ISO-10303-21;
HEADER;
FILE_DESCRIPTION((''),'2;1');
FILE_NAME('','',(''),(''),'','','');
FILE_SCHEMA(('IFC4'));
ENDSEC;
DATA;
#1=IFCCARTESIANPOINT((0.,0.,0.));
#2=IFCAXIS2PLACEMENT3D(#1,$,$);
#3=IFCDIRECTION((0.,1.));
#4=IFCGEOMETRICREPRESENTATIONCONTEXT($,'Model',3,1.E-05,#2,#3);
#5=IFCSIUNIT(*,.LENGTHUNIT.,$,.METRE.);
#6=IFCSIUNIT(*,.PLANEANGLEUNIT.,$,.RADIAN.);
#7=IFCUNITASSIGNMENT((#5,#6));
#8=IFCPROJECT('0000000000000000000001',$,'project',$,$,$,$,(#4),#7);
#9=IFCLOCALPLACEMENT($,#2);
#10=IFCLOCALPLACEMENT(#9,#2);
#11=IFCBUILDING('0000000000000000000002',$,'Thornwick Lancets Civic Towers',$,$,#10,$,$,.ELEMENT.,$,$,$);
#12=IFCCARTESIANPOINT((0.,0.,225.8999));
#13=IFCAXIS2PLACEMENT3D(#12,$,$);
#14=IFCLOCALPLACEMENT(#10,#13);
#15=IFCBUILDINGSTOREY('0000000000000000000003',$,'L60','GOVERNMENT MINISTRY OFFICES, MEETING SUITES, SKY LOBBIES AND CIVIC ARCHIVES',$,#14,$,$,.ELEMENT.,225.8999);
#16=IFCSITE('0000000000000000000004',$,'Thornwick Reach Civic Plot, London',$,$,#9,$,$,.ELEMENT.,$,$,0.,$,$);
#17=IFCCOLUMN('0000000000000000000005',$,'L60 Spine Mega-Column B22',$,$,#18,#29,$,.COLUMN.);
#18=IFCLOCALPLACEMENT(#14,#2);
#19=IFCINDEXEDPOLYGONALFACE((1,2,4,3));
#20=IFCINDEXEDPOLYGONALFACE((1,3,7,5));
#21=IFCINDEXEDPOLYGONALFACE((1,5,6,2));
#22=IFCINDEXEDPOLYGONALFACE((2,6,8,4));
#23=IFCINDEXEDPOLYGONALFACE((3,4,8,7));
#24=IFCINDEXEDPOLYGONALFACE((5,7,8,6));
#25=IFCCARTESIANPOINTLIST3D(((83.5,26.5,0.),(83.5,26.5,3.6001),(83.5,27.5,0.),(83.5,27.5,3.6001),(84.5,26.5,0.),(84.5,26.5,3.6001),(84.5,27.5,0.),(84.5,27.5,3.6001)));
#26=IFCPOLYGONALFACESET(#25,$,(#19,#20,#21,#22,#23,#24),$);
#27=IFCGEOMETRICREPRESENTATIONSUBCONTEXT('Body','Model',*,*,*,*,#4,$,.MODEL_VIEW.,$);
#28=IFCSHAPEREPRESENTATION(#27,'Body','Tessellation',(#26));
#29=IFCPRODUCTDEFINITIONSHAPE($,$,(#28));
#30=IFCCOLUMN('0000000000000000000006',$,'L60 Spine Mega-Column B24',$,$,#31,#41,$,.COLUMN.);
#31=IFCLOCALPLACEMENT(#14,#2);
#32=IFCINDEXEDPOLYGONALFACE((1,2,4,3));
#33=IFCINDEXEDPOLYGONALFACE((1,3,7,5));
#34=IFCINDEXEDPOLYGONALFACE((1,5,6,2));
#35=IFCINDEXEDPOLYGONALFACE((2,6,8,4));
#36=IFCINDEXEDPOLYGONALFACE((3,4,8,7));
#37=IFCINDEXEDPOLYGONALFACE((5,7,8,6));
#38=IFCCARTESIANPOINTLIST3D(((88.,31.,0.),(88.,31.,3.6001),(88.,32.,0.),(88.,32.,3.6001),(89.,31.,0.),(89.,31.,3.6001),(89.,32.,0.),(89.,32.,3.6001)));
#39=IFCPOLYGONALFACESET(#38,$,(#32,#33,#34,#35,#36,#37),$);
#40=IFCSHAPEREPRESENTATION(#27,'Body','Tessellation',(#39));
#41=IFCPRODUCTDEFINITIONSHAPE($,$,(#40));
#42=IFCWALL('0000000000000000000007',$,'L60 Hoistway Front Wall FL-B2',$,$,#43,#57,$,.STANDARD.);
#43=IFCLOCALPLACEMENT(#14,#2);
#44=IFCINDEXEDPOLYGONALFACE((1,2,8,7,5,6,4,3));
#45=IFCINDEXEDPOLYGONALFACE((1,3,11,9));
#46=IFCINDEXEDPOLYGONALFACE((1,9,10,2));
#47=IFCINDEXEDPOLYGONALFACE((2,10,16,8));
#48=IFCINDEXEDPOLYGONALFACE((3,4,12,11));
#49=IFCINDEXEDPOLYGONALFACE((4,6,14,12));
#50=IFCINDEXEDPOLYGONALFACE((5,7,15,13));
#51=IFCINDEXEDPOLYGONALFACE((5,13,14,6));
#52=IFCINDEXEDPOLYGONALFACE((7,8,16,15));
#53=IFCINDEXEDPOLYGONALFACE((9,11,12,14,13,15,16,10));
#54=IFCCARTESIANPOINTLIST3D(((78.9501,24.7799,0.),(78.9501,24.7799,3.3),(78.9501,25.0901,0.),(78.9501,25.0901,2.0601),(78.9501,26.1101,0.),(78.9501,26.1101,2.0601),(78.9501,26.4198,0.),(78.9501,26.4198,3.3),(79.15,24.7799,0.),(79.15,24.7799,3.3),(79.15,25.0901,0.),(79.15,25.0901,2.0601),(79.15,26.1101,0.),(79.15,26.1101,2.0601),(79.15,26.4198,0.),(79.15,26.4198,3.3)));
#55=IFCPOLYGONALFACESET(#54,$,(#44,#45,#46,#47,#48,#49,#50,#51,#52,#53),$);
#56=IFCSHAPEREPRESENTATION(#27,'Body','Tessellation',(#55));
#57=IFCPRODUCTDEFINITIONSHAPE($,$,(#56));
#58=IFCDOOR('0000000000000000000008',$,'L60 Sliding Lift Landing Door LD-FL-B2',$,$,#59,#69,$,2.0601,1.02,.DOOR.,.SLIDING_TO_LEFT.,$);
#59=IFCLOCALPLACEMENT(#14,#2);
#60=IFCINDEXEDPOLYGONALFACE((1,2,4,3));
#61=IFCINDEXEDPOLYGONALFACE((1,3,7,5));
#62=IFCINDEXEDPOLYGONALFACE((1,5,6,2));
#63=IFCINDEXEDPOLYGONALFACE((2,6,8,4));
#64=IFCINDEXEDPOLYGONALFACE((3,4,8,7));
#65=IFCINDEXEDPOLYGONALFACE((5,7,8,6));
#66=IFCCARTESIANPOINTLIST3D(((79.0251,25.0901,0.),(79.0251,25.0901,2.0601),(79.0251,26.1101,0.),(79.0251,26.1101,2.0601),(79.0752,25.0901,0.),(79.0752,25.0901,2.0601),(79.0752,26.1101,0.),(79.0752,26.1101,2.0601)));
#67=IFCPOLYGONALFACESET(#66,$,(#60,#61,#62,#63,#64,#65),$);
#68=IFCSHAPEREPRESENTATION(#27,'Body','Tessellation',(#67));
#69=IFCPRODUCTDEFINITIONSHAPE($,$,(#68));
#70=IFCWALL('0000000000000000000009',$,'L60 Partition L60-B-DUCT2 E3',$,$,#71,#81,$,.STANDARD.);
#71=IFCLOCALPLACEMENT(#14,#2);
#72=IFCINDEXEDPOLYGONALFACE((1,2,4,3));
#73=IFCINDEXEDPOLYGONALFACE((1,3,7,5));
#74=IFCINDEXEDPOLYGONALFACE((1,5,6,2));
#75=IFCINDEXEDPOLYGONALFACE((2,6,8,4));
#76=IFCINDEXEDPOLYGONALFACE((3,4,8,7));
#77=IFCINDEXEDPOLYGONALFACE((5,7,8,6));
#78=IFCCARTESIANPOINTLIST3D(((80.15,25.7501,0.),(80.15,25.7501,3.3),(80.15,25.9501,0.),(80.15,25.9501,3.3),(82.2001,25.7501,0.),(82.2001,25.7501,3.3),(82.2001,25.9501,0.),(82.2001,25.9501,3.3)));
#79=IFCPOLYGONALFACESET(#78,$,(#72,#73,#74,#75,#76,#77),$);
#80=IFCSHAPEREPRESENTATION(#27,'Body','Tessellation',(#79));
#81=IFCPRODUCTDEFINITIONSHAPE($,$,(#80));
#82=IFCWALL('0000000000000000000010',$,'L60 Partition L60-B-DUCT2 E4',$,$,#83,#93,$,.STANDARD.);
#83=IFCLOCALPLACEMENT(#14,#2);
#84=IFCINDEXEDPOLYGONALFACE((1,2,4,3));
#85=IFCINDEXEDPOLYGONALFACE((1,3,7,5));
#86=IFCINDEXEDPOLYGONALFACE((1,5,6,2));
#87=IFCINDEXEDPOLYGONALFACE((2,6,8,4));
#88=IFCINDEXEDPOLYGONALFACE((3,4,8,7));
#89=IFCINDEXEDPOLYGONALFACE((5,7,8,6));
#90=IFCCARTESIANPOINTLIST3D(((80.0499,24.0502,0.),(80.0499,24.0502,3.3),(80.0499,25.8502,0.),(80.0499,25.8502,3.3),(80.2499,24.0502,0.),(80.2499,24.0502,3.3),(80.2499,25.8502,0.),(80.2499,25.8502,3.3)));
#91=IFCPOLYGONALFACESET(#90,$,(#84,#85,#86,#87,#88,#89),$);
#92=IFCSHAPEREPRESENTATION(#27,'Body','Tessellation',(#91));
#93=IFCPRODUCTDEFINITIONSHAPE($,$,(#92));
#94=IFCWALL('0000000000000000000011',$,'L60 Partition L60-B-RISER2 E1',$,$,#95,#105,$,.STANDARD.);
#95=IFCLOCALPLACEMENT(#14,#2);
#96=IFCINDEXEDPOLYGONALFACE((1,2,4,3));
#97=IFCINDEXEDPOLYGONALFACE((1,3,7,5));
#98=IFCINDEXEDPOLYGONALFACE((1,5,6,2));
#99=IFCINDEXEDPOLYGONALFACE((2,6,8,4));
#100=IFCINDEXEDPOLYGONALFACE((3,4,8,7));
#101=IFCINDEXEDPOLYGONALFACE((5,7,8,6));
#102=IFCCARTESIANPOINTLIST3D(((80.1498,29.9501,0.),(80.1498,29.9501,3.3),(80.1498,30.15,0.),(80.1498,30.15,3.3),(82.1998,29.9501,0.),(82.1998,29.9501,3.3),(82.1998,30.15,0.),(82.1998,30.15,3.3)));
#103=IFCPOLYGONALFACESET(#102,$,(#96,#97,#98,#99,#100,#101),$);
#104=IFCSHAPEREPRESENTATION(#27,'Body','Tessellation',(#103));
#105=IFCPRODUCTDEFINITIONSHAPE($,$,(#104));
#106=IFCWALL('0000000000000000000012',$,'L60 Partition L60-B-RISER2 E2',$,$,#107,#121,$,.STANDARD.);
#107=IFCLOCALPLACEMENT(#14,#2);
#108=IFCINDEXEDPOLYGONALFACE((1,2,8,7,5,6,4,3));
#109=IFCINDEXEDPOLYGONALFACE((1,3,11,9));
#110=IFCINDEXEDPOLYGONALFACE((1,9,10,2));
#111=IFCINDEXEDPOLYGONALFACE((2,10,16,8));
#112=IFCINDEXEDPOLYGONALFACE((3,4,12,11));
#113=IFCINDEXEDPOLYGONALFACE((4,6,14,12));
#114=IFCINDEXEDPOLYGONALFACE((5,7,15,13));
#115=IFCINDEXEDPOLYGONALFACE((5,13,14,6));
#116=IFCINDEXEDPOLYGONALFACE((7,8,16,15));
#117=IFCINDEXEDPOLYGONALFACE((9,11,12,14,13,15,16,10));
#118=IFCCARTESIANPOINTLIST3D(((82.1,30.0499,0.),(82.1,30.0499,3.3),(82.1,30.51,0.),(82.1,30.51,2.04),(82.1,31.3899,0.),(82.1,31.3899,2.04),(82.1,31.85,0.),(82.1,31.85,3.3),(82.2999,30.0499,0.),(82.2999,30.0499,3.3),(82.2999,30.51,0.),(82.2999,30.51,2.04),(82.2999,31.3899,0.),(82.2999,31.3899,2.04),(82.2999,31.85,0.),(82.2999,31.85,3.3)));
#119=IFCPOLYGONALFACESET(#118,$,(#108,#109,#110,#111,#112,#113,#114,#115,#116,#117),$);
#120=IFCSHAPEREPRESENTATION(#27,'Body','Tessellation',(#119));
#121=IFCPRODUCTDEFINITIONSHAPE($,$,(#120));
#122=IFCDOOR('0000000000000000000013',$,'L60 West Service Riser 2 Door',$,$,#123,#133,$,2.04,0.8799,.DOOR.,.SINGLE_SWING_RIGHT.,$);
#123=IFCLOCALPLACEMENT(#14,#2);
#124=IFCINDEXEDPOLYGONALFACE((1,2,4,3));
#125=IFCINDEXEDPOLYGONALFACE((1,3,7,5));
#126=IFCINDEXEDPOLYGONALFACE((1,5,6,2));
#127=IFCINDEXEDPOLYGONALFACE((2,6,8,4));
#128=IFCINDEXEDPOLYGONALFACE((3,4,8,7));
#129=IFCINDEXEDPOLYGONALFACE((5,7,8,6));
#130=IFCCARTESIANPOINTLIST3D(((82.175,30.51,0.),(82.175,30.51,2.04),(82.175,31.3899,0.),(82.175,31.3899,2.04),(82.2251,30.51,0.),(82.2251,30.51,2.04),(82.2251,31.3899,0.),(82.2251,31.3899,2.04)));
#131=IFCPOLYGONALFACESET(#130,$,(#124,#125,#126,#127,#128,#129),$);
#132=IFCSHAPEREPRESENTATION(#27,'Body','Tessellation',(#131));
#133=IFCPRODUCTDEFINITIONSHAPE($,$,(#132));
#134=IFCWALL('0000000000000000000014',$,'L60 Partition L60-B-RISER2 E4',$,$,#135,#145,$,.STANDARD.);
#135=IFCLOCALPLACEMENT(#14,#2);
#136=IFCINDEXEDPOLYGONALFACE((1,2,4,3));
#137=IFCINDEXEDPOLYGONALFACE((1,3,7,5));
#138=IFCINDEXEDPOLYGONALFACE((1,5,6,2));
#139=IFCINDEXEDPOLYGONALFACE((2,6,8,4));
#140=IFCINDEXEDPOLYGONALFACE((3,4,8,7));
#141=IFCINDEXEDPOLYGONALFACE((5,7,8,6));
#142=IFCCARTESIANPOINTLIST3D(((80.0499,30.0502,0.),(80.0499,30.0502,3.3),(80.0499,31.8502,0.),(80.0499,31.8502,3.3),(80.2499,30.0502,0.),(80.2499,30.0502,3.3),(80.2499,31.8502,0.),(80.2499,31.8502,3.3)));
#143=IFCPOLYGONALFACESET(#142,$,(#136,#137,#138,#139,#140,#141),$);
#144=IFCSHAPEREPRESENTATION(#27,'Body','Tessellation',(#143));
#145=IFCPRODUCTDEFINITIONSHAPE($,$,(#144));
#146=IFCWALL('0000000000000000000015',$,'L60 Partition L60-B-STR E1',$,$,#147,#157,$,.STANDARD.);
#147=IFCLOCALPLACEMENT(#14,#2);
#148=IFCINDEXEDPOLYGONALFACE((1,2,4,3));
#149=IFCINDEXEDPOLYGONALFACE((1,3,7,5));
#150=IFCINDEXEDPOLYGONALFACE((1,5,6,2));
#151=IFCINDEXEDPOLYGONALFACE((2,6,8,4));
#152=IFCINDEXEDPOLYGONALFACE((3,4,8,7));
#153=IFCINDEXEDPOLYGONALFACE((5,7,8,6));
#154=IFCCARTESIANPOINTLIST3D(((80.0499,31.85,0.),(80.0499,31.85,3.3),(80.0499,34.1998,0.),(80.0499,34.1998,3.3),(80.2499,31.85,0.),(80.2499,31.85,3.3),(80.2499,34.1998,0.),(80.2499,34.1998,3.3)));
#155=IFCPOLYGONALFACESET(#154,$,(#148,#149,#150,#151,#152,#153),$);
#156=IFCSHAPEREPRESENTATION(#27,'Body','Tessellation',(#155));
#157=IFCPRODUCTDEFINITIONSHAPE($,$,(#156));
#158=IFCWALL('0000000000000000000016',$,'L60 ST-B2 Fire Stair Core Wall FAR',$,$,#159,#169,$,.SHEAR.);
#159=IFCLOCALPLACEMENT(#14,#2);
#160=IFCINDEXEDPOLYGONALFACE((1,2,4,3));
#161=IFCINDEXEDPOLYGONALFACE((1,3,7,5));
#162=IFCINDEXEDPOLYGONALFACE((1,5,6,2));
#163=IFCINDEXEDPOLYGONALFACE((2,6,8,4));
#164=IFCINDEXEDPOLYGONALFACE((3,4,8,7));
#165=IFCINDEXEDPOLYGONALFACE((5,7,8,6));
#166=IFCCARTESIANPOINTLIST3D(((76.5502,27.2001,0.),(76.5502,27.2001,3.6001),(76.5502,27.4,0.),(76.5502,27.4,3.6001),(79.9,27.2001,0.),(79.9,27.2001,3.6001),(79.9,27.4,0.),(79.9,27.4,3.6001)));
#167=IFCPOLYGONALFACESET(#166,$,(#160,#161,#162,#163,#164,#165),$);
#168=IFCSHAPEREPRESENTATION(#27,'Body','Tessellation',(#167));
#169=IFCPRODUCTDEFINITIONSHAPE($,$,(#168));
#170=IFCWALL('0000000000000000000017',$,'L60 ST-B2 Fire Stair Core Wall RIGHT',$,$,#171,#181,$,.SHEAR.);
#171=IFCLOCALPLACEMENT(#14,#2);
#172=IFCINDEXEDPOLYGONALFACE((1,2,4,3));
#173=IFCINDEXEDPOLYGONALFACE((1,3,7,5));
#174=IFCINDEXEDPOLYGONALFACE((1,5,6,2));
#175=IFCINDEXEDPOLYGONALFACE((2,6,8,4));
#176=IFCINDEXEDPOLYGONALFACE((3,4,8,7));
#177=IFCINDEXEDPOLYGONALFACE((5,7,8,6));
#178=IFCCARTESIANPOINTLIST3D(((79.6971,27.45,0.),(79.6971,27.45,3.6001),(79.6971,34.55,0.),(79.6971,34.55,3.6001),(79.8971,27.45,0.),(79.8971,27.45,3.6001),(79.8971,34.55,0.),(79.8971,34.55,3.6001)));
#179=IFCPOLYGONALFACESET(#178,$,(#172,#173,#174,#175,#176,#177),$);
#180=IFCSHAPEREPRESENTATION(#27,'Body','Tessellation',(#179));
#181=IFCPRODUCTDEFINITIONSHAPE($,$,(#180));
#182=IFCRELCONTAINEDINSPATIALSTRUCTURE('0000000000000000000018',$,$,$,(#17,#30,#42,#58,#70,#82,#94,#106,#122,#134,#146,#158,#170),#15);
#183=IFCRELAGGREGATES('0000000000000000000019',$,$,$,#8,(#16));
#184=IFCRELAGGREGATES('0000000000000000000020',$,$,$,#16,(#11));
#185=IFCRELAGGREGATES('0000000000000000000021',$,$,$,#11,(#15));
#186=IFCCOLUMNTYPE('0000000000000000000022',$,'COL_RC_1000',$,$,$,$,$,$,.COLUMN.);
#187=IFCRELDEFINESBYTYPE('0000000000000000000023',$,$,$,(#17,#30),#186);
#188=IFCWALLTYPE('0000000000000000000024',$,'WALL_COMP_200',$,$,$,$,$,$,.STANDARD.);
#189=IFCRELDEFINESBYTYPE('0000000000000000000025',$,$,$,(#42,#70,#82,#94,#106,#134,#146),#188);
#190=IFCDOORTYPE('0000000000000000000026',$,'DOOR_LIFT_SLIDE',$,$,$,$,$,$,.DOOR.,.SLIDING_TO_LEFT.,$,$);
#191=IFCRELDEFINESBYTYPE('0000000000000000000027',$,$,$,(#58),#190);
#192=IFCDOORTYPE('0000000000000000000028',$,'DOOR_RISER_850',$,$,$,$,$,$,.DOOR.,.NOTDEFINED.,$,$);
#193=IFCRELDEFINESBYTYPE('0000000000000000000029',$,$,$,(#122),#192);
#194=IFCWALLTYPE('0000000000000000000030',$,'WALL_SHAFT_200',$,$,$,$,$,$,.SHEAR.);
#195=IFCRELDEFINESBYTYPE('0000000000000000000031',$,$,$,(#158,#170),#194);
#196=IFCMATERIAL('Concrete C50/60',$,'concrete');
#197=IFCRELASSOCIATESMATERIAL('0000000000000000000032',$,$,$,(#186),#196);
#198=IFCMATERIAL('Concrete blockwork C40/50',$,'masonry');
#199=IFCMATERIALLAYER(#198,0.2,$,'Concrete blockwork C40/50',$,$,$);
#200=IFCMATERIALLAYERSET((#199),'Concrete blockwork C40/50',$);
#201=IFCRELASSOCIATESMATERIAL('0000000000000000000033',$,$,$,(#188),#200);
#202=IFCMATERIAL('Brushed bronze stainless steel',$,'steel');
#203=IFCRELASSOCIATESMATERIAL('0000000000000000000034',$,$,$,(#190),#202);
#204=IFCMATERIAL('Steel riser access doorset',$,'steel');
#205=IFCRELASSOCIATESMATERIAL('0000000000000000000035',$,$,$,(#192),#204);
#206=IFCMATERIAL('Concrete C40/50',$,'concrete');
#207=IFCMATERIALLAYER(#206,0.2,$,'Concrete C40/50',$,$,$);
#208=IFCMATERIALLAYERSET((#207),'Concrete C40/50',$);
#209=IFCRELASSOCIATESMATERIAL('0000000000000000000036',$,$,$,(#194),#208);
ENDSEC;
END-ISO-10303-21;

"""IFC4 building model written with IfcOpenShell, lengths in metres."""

from ifc_helpers import new_model, si_unit, direction, frame, frame_2d, origin, origin_2d, place, context, subcontext, project, spatial, rectangle, extrude, material, layer, layer_set, material_profile, profile_set, type_object, element, fill, save


model = new_model("IFC4")

# Units and contexts
model_context = context("Model", 3, precision=1e-05, world=origin(), true_north=direction((0.0, 1.0)))
body_context = subcontext(model_context, "Body", "Model", "MODEL_VIEW")
ifc_project = project(units=[si_unit("LENGTHUNIT", "METRE"), si_unit("PLANEANGLEUNIT", "RADIAN")], contexts=[model_context])

# Site, building, storey
site_placement = place(None, origin())
site = spatial("IfcSite", under=ifc_project, at=site_placement, Name="Thornwick Reach Civic Plot, London", CompositionType="ELEMENT", RefElevation=0.0)
building_placement = place(site_placement, origin())
building = spatial("IfcBuilding", under=site, at=building_placement, Name="Thornwick Lancets Civic Towers", CompositionType="ELEMENT")
storey_placement = place(building_placement, frame((0.0, 0.0, 225.8999)))
storey = spatial("IfcBuildingStorey", under=building, at=storey_placement, Name="L60", Description="GOVERNMENT MINISTRY OFFICES, MEETING SUITES, SKY LOBBIES AND CIVIC ARCHIVES", CompositionType="ELEMENT", Elevation=225.8999)

# Columns
ifc_material_1 = material(Name="Concrete C50/60", Category="concrete")
ifc_material_profile = material_profile(ifc_material_1, rectangle(XDim=1.0, YDim=1.0, at=origin_2d()), Name="RC 1000x1000")
ifc_profile_set = profile_set([ifc_material_profile], Name="Concrete C50/60")
column_type = type_object("IfcColumnType", Name="COL_RC_1000", PredefinedType="COLUMN", material=ifc_profile_set)
for number, where, z_axis, x_axis, name in (
    (1, (84.0, 27.0, 0.0), (0.0, 0.0, 1.0), (1.0, 0.0, 0.0), "L60 Spine Mega-Column B22"),
    (2, (88.5, 31.5, 0.0), (0.0, 0.0, 1.0), (1.0, 0.0, 0.0), "L60 Spine Mega-Column B24"),
):
    element("IfcColumn", number, at=place(storey_placement, frame(where, z_axis=z_axis, x_axis=x_axis)), inside=storey, type_object=column_type, Name=name, PredefinedType="COLUMN", context=body_context, shape_type="SweptSolid", body=[
        extrude(rectangle(XDim=1.0, YDim=1.0, at=origin_2d()), origin(), (0.0, 0.0, 1.0), 3.6001),
    ])

# Wall, opening, door
ifc_material_2 = material(Name="Concrete blockwork C40/50", Category="masonry")
ifc_layer_1 = layer(ifc_material_2, 0.2, Name="Concrete blockwork C40/50")
ifc_layer_set_1 = layer_set([ifc_layer_1], Name="Concrete blockwork C40/50")
wall_type_1 = type_object("IfcWallType", Name="WALL_COMP_200", PredefinedType="STANDARD", material=ifc_layer_set_1)
wall_1_placement = place(storey_placement, frame((79.05, 24.78, 0.0), z_axis=(0.0, 0.0, 1.0), x_axis=(0.0, 1.0, 0.0)))
wall_1 = element("IfcWall", 3, at=wall_1_placement, inside=storey, type_object=wall_type_1, Name="L60 Hoistway Front Wall FL-B2", PredefinedType="STANDARD", context=body_context, shape_type="SweptSolid", body=[
    extrude(rectangle(XDim=1.6399, YDim=0.2, at=frame_2d((0.8198, 0.0))), origin(), (0.0, 0.0, 1.0), 3.3),
])
opening_1_placement = place(wall_1_placement, frame((0.3101, 0.0, 0.0)))
opening_1 = element("IfcOpeningElement", 4, at=opening_1_placement, cuts=wall_1, PredefinedType="OPENING", context=body_context, shape_type="SweptSolid", body=[
    extrude(rectangle(XDim=1.02, YDim=2.0601, at=frame_2d((0.51, 1.03))), frame((0.0, 0.1099, 0.0), z_axis=(0.0, -1.0, 0.0), x_axis=(1.0, 0.0, 0.0)), (0.0, 0.0, 1.0), 0.22),
])
ifc_material_3 = material(Name="Brushed bronze stainless steel", Category="steel")
door_type_1 = type_object("IfcDoorType", Name="DOOR_LIFT_SLIDE", OperationType="SLIDING_TO_LEFT", PredefinedType="DOOR", material=ifc_material_3)
door_1_placement = place(opening_1_placement, origin())
door_1 = element("IfcDoor", 5, at=door_1_placement, inside=storey, type_object=door_type_1, Name="L60 Sliding Lift Landing Door LD-FL-B2", OperationType="SLIDING_TO_LEFT", OverallHeight=2.0601, OverallWidth=1.02, PredefinedType="DOOR", context=body_context, shape_type="SweptSolid", body=[
    extrude(rectangle(XDim=1.02, YDim=2.0601, at=frame_2d((0.51, 1.03))), frame((0.0, 0.0249, 0.0), z_axis=(0.0, -1.0, 0.0), x_axis=(1.0, 0.0, 0.0)), (0.0, 0.0, 1.0), 0.05),
])
fill(opening_1, door_1)

# Walls
wall_2_placement = place(storey_placement, frame((82.2, 25.8501, 0.0), z_axis=(0.0, 0.0, 1.0), x_axis=(-1.0, 0.0, 0.0)))
element("IfcWall", 6, at=wall_2_placement, inside=storey, type_object=wall_type_1, Name="L60 Partition L60-B-DUCT2 E3", PredefinedType="STANDARD", context=body_context, shape_type="SweptSolid", body=[
    extrude(rectangle(XDim=2.05, YDim=0.2, at=frame_2d((1.0249, 0.0))), origin(), (0.0, 0.0, 1.0), 3.3),
])
wall_3_placement = place(storey_placement, frame((80.1499, 25.8501, 0.0), z_axis=(0.0, 0.0, 1.0), x_axis=(0.0, -1.0, 0.0)))
element("IfcWall", 7, at=wall_3_placement, inside=storey, type_object=wall_type_1, Name="L60 Partition L60-B-DUCT2 E4", PredefinedType="STANDARD", context=body_context, shape_type="SweptSolid", body=[
    extrude(rectangle(XDim=1.8, YDim=0.2, at=frame_2d((0.8999, 0.0))), origin(), (0.0, 0.0, 1.0), 3.3),
])
wall_4_placement = place(storey_placement, frame((80.1499, 30.05, 0.0), z_axis=(0.0, 0.0, 1.0), x_axis=(1.0, 0.0, 0.0)))
element("IfcWall", 8, at=wall_4_placement, inside=storey, type_object=wall_type_1, Name="L60 Partition L60-B-RISER2 E1", PredefinedType="STANDARD", context=body_context, shape_type="SweptSolid", body=[
    extrude(rectangle(XDim=2.05, YDim=0.2, at=frame_2d((1.0249, 0.0))), origin(), (0.0, 0.0, 1.0), 3.3),
])

# Wall, opening, door
wall_5_placement = place(storey_placement, frame((82.2, 30.05, 0.0), z_axis=(0.0, 0.0, 1.0), x_axis=(0.0, 1.0, 0.0)))
wall_5 = element("IfcWall", 9, at=wall_5_placement, inside=storey, type_object=wall_type_1, Name="L60 Partition L60-B-RISER2 E2", PredefinedType="STANDARD", context=body_context, shape_type="SweptSolid", body=[
    extrude(rectangle(XDim=1.8, YDim=0.2, at=frame_2d((0.8999, 0.0))), origin(), (0.0, 0.0, 1.0), 3.3),
])
opening_2_placement = place(wall_5_placement, frame((0.46, 0.0, 0.0)))
opening_2 = element("IfcOpeningElement", 10, at=opening_2_placement, cuts=wall_5, PredefinedType="OPENING", context=body_context, shape_type="SweptSolid", body=[
    extrude(rectangle(XDim=0.8799, YDim=2.04, at=frame_2d((0.4399, 1.02))), frame((0.0, 0.1099, 0.0), z_axis=(0.0, -1.0, 0.0), x_axis=(1.0, 0.0, 0.0)), (0.0, 0.0, 1.0), 0.22),
])
ifc_material_4 = material(Name="Steel riser access doorset", Category="steel")
door_type_2 = type_object("IfcDoorType", Name="DOOR_RISER_850", OperationType="NOTDEFINED", PredefinedType="DOOR", material=ifc_material_4)
door_2_placement = place(opening_2_placement, origin())
door_2 = element("IfcDoor", 11, at=door_2_placement, inside=storey, type_object=door_type_2, Name="L60 West Service Riser 2 Door", OperationType="SINGLE_SWING_RIGHT", OverallHeight=2.04, OverallWidth=0.8799, PredefinedType="DOOR", context=body_context, shape_type="SweptSolid", body=[
    extrude(rectangle(XDim=0.8799, YDim=2.04, at=frame_2d((0.4399, 1.02))), frame((0.0, 0.0249, 0.0), z_axis=(0.0, -1.0, 0.0), x_axis=(1.0, 0.0, 0.0)), (0.0, 0.0, 1.0), 0.05),
])
fill(opening_2, door_2)

# Walls
wall_6_placement = place(storey_placement, frame((80.1499, 31.8501, 0.0), z_axis=(0.0, 0.0, 1.0), x_axis=(0.0, -1.0, 0.0)))
element("IfcWall", 12, at=wall_6_placement, inside=storey, type_object=wall_type_1, Name="L60 Partition L60-B-RISER2 E4", PredefinedType="STANDARD", context=body_context, shape_type="SweptSolid", body=[
    extrude(rectangle(XDim=1.8, YDim=0.2, at=frame_2d((0.8999, 0.0))), origin(), (0.0, 0.0, 1.0), 3.3),
])
wall_7_placement = place(storey_placement, frame((80.1499, 31.8501, 0.0), z_axis=(0.0, 0.0, 1.0), x_axis=(0.0, 1.0, 0.0)))
element("IfcWall", 13, at=wall_7_placement, inside=storey, type_object=wall_type_1, Name="L60 Partition L60-B-STR E1", PredefinedType="STANDARD", context=body_context, shape_type="SweptSolid", body=[
    extrude(rectangle(XDim=2.3499, YDim=0.2, at=frame_2d((1.1748, 0.0))), origin(), (0.0, 0.0, 1.0), 3.3),
])
ifc_material_5 = material(Name="Concrete C40/50", Category="concrete")
ifc_layer_2 = layer(ifc_material_5, 0.2, Name="Concrete C40/50")
ifc_layer_set_2 = layer_set([ifc_layer_2], Name="Concrete C40/50")
wall_type_2 = type_object("IfcWallType", Name="WALL_SHAFT_200", PredefinedType="SHEAR", material=ifc_layer_set_2)
wall_8_placement = place(storey_placement, frame((79.8999, 27.3, 0.0), z_axis=(0.0, 0.0, 1.0), x_axis=(-1.0, 0.0, 0.0)))
element("IfcWall", 14, at=wall_8_placement, inside=storey, type_object=wall_type_2, Name="L60 ST-B2 Fire Stair Core Wall FAR", PredefinedType="SHEAR", context=body_context, shape_type="SweptSolid", body=[
    extrude(rectangle(XDim=3.3499, YDim=0.2, at=frame_2d((1.6748, 0.0))), origin(), (0.0, 0.0, 1.0), 3.6001),
])
wall_9_placement = place(storey_placement, frame((79.7971, 27.45, 0.0), z_axis=(0.0, 0.0, 1.0), x_axis=(0.0, 1.0, 0.0)))
element("IfcWall", 15, at=wall_9_placement, inside=storey, type_object=wall_type_2, Name="L60 ST-B2 Fire Stair Core Wall RIGHT", PredefinedType="SHEAR", context=body_context, shape_type="SweptSolid", body=[
    extrude(rectangle(XDim=7.1001, YDim=0.2, at=frame_2d((3.55, 0.0))), origin(), (0.0, 0.0, 1.0), 3.6001),
])

save(model, "model.ifc")
